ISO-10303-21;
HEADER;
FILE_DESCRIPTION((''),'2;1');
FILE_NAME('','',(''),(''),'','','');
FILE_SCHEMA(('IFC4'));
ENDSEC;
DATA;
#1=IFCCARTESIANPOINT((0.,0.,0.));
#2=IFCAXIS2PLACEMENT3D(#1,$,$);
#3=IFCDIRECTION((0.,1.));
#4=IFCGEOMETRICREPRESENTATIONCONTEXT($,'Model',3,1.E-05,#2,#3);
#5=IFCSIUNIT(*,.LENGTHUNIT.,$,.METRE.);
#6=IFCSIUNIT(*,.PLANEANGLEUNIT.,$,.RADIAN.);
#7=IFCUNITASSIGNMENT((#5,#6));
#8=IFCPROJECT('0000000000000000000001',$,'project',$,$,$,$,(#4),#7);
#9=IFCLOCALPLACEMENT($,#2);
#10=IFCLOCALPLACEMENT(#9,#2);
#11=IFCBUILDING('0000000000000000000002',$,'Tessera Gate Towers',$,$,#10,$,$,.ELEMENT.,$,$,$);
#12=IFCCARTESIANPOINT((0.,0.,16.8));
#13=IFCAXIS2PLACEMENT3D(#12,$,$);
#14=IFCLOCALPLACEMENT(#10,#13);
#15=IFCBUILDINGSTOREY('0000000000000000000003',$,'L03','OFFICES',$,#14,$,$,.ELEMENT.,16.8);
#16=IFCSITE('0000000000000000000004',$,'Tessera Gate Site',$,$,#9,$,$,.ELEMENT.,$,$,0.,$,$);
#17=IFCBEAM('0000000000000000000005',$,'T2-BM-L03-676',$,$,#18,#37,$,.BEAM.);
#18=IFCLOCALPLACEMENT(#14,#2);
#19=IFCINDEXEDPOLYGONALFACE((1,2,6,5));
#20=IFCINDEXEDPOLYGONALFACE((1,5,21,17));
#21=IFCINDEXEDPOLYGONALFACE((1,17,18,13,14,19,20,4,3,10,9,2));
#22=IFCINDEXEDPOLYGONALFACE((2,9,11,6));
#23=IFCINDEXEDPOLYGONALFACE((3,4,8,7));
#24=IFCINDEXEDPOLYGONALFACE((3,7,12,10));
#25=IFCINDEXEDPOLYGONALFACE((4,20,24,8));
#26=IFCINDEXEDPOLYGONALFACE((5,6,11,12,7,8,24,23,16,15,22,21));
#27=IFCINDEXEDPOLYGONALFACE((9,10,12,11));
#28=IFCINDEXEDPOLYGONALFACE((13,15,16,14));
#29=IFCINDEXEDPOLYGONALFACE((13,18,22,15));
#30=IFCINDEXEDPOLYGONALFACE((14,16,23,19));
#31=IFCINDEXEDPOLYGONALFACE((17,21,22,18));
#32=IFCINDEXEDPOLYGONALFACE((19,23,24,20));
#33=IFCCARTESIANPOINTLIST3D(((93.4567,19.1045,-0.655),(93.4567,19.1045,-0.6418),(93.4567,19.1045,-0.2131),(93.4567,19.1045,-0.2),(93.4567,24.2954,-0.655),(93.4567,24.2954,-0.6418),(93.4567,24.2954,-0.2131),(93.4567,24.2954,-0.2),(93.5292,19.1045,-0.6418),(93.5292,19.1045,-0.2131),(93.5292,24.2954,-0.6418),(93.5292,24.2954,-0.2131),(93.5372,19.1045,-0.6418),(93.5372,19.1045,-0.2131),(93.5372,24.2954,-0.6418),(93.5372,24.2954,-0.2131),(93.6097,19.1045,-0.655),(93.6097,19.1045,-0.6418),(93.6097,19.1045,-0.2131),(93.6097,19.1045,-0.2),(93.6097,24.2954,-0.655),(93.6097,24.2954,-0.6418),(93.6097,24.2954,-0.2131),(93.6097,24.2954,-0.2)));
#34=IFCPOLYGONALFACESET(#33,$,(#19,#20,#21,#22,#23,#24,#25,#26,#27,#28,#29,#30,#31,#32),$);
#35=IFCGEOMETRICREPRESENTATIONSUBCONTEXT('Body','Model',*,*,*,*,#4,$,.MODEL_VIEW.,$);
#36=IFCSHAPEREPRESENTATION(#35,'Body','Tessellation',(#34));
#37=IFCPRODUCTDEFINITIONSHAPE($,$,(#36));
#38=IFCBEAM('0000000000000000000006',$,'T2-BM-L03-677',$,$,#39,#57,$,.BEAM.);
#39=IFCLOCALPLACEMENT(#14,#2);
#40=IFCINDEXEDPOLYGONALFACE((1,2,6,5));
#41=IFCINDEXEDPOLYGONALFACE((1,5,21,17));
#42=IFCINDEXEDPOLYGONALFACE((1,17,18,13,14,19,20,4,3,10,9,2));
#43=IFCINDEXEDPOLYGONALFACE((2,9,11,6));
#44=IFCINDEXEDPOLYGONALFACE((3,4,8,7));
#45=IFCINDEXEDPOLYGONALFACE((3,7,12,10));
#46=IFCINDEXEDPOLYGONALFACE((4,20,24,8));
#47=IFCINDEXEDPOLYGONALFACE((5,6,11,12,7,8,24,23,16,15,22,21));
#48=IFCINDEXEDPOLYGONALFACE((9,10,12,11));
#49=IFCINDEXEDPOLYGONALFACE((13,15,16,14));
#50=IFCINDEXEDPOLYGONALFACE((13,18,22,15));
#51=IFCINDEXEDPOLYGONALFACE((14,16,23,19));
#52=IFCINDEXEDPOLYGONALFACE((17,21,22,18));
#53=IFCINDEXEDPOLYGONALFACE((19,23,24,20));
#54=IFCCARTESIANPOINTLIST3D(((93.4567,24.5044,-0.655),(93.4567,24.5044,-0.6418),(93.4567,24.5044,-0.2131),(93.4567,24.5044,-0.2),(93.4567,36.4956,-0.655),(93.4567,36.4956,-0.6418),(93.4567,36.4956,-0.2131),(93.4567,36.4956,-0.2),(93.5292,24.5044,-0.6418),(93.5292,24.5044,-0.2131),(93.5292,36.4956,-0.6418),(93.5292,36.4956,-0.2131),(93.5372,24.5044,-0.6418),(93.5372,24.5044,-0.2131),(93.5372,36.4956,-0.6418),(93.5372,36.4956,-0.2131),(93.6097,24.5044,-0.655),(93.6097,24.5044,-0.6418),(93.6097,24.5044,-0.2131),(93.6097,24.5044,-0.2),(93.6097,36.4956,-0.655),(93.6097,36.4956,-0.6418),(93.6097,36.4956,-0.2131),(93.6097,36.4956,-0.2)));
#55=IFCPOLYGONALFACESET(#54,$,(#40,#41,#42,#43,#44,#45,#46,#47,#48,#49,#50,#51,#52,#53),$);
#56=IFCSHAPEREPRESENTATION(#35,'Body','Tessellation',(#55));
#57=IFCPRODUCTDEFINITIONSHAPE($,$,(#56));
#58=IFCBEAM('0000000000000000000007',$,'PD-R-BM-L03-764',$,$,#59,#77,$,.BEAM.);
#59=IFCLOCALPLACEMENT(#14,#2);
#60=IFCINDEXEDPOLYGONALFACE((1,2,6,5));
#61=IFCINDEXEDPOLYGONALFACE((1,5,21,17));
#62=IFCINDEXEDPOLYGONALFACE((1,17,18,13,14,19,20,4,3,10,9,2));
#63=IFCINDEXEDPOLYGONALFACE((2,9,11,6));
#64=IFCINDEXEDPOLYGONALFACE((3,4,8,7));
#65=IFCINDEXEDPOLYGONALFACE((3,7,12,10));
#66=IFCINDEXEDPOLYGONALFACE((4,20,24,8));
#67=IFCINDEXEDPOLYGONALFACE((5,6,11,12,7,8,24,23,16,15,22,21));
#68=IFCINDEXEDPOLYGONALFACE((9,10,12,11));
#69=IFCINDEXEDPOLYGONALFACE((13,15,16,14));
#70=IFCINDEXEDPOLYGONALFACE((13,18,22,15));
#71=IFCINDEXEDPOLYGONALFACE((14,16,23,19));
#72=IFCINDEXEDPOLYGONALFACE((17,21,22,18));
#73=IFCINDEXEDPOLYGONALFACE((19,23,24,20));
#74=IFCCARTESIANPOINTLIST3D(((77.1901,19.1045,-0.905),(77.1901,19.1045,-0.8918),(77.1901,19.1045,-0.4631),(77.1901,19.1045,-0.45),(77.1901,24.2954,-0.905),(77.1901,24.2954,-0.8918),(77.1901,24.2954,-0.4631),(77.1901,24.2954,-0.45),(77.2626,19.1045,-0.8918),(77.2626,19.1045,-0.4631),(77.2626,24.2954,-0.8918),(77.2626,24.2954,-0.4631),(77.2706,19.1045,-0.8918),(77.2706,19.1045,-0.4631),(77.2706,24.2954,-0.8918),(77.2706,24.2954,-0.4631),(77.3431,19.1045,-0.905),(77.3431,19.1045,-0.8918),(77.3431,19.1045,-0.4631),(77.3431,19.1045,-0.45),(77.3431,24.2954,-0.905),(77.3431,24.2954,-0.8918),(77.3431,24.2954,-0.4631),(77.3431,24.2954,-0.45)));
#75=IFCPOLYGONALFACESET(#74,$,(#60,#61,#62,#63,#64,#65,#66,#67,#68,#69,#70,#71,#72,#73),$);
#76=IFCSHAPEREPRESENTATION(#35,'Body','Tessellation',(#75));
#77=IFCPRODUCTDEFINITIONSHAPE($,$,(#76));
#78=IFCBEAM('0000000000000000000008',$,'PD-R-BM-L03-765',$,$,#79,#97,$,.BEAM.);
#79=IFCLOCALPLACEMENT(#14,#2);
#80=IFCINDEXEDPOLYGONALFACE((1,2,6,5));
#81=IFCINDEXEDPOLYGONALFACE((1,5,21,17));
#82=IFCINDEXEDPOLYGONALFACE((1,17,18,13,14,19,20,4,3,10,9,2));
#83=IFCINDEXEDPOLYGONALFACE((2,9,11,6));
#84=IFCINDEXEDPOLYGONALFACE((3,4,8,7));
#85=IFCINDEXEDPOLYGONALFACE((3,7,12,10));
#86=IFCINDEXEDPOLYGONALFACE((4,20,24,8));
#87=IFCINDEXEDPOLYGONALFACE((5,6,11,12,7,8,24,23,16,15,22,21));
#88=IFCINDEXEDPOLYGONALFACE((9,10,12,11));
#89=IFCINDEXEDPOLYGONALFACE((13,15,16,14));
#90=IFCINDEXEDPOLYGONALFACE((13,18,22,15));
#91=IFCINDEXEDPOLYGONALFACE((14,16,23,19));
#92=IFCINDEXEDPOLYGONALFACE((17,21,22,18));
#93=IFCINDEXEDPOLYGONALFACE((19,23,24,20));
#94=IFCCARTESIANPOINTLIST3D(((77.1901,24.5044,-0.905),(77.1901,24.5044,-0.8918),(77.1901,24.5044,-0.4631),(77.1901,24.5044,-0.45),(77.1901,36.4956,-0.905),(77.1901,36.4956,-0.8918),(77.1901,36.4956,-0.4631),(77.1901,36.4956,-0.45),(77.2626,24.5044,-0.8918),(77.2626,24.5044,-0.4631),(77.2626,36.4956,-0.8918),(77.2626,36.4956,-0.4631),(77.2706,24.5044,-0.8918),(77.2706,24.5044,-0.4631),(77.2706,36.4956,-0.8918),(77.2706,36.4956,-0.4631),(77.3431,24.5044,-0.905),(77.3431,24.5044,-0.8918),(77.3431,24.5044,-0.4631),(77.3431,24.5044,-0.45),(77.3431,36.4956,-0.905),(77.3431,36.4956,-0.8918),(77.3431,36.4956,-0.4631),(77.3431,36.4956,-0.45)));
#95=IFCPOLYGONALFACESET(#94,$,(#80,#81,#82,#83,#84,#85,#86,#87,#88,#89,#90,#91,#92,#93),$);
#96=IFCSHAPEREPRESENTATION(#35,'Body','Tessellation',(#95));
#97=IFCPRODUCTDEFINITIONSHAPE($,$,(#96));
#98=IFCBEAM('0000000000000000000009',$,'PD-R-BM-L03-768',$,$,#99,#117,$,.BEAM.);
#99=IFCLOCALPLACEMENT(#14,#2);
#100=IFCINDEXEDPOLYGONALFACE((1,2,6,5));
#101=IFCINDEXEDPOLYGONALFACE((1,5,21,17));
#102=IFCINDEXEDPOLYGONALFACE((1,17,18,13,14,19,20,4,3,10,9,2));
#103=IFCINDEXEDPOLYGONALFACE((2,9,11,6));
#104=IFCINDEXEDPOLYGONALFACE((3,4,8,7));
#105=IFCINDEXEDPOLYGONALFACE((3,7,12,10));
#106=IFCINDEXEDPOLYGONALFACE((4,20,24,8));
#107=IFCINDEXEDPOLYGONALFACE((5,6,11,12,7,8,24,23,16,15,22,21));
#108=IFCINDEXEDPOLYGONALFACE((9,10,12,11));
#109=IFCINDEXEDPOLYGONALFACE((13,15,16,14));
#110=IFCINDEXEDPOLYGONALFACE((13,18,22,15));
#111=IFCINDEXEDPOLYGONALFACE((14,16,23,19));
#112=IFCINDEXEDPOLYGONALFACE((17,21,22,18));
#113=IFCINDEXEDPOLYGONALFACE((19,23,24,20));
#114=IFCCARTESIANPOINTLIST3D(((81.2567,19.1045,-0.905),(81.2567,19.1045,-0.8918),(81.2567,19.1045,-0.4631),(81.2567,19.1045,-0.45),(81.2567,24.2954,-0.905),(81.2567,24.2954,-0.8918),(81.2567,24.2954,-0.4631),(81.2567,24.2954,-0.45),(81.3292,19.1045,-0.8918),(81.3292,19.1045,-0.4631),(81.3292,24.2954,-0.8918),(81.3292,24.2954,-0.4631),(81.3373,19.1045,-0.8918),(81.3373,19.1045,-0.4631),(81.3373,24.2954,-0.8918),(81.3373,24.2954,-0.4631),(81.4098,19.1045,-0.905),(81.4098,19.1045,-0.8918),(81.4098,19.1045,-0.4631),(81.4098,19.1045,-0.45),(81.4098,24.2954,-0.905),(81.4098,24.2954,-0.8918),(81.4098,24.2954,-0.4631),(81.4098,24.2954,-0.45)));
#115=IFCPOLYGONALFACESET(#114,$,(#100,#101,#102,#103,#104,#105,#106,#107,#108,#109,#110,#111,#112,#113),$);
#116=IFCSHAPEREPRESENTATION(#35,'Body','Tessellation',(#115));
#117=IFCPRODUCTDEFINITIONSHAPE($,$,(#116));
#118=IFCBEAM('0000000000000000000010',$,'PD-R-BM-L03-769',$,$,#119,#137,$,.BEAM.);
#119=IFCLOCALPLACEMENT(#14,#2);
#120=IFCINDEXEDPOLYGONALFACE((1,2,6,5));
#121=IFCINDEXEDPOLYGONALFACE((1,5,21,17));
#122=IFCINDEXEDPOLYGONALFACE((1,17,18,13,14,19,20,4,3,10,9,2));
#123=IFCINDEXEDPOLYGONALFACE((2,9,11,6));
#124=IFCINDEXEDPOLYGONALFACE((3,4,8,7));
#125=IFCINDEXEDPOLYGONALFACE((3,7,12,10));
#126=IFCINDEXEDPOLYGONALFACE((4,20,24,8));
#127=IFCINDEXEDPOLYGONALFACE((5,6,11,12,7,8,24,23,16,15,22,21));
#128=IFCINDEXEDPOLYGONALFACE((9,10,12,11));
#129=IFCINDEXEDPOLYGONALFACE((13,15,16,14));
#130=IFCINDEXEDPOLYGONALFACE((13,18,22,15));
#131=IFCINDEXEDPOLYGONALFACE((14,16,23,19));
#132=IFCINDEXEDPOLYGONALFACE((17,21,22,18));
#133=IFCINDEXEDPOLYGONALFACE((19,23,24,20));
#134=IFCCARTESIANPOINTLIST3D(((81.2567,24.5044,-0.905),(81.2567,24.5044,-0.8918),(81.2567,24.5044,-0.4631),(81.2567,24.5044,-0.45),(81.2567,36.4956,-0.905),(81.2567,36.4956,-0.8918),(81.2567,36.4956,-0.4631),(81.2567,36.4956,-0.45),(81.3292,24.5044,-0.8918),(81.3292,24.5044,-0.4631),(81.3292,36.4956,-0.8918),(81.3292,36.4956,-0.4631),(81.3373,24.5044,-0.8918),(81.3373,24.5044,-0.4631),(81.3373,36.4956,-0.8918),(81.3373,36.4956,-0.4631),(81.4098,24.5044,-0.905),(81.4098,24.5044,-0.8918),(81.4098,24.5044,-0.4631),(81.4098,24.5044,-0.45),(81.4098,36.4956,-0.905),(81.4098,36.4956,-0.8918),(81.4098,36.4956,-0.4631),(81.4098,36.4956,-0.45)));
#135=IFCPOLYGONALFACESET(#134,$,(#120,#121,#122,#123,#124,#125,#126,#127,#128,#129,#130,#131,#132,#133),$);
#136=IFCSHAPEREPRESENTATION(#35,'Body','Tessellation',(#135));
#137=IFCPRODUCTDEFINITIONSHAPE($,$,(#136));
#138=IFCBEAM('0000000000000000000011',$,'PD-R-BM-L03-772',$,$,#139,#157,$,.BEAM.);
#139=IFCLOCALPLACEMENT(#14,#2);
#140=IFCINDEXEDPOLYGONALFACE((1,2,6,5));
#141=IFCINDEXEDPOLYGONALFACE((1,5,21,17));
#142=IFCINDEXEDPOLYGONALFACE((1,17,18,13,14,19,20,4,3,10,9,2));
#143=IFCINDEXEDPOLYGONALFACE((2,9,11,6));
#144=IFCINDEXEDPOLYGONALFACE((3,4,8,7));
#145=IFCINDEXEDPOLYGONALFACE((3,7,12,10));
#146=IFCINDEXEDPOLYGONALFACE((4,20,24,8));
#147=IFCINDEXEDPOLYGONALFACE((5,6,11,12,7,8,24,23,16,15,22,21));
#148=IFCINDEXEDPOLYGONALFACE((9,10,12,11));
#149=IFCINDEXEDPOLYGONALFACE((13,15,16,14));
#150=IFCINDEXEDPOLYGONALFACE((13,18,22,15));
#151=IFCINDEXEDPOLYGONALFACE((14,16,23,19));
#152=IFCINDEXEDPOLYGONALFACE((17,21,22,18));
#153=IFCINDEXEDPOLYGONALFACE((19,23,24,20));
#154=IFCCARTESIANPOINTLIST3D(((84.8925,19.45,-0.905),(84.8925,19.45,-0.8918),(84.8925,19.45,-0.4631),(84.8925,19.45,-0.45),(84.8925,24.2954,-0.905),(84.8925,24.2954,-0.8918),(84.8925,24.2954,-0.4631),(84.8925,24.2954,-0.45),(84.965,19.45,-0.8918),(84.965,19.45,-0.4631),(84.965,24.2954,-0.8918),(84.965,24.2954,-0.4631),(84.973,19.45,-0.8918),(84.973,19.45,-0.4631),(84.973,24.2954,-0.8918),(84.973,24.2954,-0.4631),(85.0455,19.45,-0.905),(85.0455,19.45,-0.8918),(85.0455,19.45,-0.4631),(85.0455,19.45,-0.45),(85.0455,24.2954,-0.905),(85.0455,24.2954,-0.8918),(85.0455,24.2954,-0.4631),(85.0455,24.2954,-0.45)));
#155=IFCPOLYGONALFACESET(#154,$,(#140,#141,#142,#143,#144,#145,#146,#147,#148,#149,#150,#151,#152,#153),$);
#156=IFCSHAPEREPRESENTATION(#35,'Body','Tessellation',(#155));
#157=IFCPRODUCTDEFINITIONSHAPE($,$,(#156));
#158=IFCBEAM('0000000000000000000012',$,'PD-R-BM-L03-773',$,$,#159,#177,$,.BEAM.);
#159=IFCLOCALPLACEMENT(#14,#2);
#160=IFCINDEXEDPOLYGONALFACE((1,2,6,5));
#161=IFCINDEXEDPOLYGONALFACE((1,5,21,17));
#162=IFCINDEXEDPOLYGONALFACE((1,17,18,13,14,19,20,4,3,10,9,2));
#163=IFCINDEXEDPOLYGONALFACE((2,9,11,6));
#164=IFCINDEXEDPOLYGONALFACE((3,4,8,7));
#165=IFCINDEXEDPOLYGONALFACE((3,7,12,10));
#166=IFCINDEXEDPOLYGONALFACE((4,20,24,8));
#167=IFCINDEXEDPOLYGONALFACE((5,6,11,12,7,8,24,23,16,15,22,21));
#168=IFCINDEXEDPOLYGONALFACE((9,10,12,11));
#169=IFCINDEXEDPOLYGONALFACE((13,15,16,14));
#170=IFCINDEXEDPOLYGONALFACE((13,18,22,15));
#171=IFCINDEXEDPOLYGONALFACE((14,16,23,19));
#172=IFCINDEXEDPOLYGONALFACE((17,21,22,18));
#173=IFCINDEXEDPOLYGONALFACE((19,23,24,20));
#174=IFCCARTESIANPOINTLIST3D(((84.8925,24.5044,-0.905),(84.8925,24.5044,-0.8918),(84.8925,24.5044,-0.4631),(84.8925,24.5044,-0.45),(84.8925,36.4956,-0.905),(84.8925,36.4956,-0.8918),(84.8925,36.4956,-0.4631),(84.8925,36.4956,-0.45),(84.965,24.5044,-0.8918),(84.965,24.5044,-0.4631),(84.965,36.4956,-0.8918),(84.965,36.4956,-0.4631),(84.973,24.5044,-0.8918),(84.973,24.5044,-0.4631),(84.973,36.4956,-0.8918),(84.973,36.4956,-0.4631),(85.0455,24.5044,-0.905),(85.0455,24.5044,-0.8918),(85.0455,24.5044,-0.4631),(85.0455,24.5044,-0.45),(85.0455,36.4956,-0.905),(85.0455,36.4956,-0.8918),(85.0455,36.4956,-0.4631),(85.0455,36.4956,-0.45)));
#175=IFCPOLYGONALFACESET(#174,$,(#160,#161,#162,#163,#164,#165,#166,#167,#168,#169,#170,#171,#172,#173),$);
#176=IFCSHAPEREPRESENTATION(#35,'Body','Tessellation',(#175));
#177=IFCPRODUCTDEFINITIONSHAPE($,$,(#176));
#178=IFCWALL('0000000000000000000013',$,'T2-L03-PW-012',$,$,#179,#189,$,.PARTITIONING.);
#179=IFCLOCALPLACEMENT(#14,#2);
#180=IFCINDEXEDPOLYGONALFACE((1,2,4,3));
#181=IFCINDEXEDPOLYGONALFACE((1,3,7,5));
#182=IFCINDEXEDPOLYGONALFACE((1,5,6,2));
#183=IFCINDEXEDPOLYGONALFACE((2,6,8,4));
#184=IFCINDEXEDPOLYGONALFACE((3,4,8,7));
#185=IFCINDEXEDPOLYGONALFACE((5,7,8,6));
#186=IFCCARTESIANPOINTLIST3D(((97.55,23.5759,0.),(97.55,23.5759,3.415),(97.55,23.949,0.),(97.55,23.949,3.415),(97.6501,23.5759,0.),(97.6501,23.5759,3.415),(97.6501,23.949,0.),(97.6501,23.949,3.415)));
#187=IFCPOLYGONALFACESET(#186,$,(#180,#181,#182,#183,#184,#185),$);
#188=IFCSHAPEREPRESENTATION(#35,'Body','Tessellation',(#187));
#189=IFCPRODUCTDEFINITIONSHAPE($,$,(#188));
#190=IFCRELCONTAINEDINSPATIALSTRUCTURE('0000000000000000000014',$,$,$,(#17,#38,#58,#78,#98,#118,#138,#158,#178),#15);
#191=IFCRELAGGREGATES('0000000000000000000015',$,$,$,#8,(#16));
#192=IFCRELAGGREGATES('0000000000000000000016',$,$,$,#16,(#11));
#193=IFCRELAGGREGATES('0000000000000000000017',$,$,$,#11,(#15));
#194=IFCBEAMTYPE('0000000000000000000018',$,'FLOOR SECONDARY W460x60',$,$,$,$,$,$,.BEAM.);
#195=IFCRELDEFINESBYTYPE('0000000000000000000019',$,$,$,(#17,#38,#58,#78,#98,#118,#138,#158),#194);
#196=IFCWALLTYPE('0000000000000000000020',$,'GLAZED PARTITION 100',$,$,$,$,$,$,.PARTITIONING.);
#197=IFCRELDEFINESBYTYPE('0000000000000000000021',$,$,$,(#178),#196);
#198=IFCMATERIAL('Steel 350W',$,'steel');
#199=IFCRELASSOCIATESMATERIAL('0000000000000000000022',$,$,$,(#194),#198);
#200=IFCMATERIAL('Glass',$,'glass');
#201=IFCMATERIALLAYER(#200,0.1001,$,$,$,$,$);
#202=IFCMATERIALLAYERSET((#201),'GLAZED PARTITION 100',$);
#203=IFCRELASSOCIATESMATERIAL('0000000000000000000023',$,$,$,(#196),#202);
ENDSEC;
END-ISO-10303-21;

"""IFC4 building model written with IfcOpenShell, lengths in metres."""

from ifc_helpers import new_model, si_unit, direction, frame, frame_2d, origin, origin_2d, place, context, subcontext, project, spatial, rectangle, i_section, extrude, material, layer, layer_set, material_profile, profile_set, type_object, element, save


model = new_model("IFC4")

# Units and contexts
model_context = context("Model", 3, precision=1e-05, world=origin(), true_north=direction((0.0, 1.0)))
body_context = subcontext(model_context, "Body", "Model", "MODEL_VIEW")
ifc_project = project(units=[si_unit("LENGTHUNIT", "METRE"), si_unit("PLANEANGLEUNIT", "RADIAN")], contexts=[model_context])

# Site, building, storey
site_placement = place(None, origin())
site = spatial("IfcSite", under=ifc_project, at=site_placement, Name="Tessera Gate Site", CompositionType="ELEMENT", RefElevation=0.0)
building_placement = place(site_placement, origin())
building = spatial("IfcBuilding", under=site, at=building_placement, Name="Tessera Gate Towers", CompositionType="ELEMENT")
storey_placement = place(building_placement, frame((0.0, 0.0, 16.8)))
storey = spatial("IfcBuildingStorey", under=building, at=storey_placement, Name="L03", Description="OFFICES", CompositionType="ELEMENT", Elevation=16.8)

# Beams
ifc_material_1 = material(Name="Steel 350W", Category="steel")
ifc_material_profile_1 = material_profile(ifc_material_1, i_section(OverallWidth=0.1531, OverallDepth=0.4551, WebThickness=0.0081, FlangeThickness=0.0132, at=origin_2d()), Name="W460x60")
ifc_profile_set_1 = profile_set([ifc_material_profile_1], Name="Steel 350W")
beam_type_1 = type_object("IfcBeamType", Name="FLOOR SECONDARY W460x60", PredefinedType="BEAM", material=ifc_profile_set_1)
beam_1_placement = place(storey_placement, frame((93.5332, 19.1045, -0.4275), z_axis=(0.0, 1.0, 0.0), x_axis=(-1.0, 0.0, 0.0)))
element("IfcBeam", 1, at=beam_1_placement, inside=storey, type_object=beam_type_1, Name="T2-BM-L03-676", PredefinedType="BEAM", context=body_context, shape_type="SweptSolid", body=[
    extrude(i_section(OverallWidth=0.1531, OverallDepth=0.4551, WebThickness=0.0081, FlangeThickness=0.0132, at=origin_2d()), origin(), (0.0, 0.0, 1.0), 5.1909),
])
beam_2_placement = place(storey_placement, frame((93.5332, 24.5044, -0.4275), z_axis=(0.0, 1.0, 0.0), x_axis=(-1.0, 0.0, 0.0)))
element("IfcBeam", 2, at=beam_2_placement, inside=storey, type_object=beam_type_1, Name="T2-BM-L03-677", PredefinedType="BEAM", context=body_context, shape_type="SweptSolid", body=[
    extrude(i_section(OverallWidth=0.1531, OverallDepth=0.4551, WebThickness=0.0081, FlangeThickness=0.0132, at=origin_2d()), origin(), (0.0, 0.0, 1.0), 11.9912),
])
beam_3_placement = place(storey_placement, frame((77.2666, 19.1045, -0.6775), z_axis=(0.0, 1.0, 0.0), x_axis=(-1.0, 0.0, 0.0)))
element("IfcBeam", 3, at=beam_3_placement, inside=storey, type_object=beam_type_1, Name="PD-R-BM-L03-764", PredefinedType="BEAM", context=body_context, shape_type="SweptSolid", body=[
    extrude(i_section(OverallWidth=0.1531, OverallDepth=0.4551, WebThickness=0.0081, FlangeThickness=0.0132, at=origin_2d()), origin(), (0.0, 0.0, 1.0), 5.1909),
])
beam_4_placement = place(storey_placement, frame((77.2666, 24.5044, -0.6775), z_axis=(0.0, 1.0, 0.0), x_axis=(-1.0, 0.0, 0.0)))
element("IfcBeam", 4, at=beam_4_placement, inside=storey, type_object=beam_type_1, Name="PD-R-BM-L03-765", PredefinedType="BEAM", context=body_context, shape_type="SweptSolid", body=[
    extrude(i_section(OverallWidth=0.1531, OverallDepth=0.4551, WebThickness=0.0081, FlangeThickness=0.0132, at=origin_2d()), origin(), (0.0, 0.0, 1.0), 11.9912),
])
beam_5_placement = place(storey_placement, frame((81.3333, 19.1045, -0.6775), z_axis=(0.0, 1.0, 0.0), x_axis=(-1.0, 0.0, 0.0)))
element("IfcBeam", 5, at=beam_5_placement, inside=storey, type_object=beam_type_1, Name="PD-R-BM-L03-768", PredefinedType="BEAM", context=body_context, shape_type="SweptSolid", body=[
    extrude(i_section(OverallWidth=0.1531, OverallDepth=0.4551, WebThickness=0.0081, FlangeThickness=0.0132, at=origin_2d()), origin(), (0.0, 0.0, 1.0), 5.1909),
])
beam_6_placement = place(storey_placement, frame((81.3333, 24.5044, -0.6775), z_axis=(0.0, 1.0, 0.0), x_axis=(-1.0, 0.0, 0.0)))
element("IfcBeam", 6, at=beam_6_placement, inside=storey, type_object=beam_type_1, Name="PD-R-BM-L03-769", PredefinedType="BEAM", context=body_context, shape_type="SweptSolid", body=[
    extrude(i_section(OverallWidth=0.1531, OverallDepth=0.4551, WebThickness=0.0081, FlangeThickness=0.0132, at=origin_2d()), origin(), (0.0, 0.0, 1.0), 11.9912),
])
beam_7_placement = place(storey_placement, frame((84.969, 19.45, -0.6775), z_axis=(0.0, 1.0, 0.0), x_axis=(-1.0, 0.0, 0.0)))
element("IfcBeam", 7, at=beam_7_placement, inside=storey, type_object=beam_type_1, Name="PD-R-BM-L03-772", PredefinedType="BEAM", context=body_context, shape_type="SweptSolid", body=[
    extrude(i_section(OverallWidth=0.1531, OverallDepth=0.4551, WebThickness=0.0081, FlangeThickness=0.0132, at=origin_2d()), origin(), (0.0, 0.0, 1.0), 4.8455),
])
beam_8_placement = place(storey_placement, frame((84.969, 24.5044, -0.6775), z_axis=(0.0, 1.0, 0.0), x_axis=(-1.0, 0.0, 0.0)))
element("IfcBeam", 8, at=beam_8_placement, inside=storey, type_object=beam_type_1, Name="PD-R-BM-L03-773", PredefinedType="BEAM", context=body_context, shape_type="SweptSolid", body=[
    extrude(i_section(OverallWidth=0.1531, OverallDepth=0.4551, WebThickness=0.0081, FlangeThickness=0.0132, at=origin_2d()), origin(), (0.0, 0.0, 1.0), 11.9912),
])

# Wall
ifc_material_2 = material(Name="Glass", Category="glass")
ifc_layer_1 = layer(ifc_material_2, 0.1001)
ifc_layer_set_1 = layer_set([ifc_layer_1], Name="GLAZED PARTITION 100")
wall_type_1 = type_object("IfcWallType", Name="GLAZED PARTITION 100", PredefinedType="PARTITIONING", material=ifc_layer_set_1)
wall_1_placement = place(storey_placement, frame((97.6001, 23.5759, 0.0), z_axis=(0.0, 0.0, 1.0), x_axis=(0.0, 1.0, 0.0)))
element("IfcWall", 9, at=wall_1_placement, inside=storey, type_object=wall_type_1, Name="T2-L03-PW-012", PredefinedType="PARTITIONING", context=body_context, shape_type="SweptSolid", body=[
    extrude(rectangle(XDim=0.373, YDim=0.1001, at=frame_2d((0.1865, 0.0))), origin(), (0.0, 0.0, 1.0), 3.415),
])

save(model, "model.ifc")
